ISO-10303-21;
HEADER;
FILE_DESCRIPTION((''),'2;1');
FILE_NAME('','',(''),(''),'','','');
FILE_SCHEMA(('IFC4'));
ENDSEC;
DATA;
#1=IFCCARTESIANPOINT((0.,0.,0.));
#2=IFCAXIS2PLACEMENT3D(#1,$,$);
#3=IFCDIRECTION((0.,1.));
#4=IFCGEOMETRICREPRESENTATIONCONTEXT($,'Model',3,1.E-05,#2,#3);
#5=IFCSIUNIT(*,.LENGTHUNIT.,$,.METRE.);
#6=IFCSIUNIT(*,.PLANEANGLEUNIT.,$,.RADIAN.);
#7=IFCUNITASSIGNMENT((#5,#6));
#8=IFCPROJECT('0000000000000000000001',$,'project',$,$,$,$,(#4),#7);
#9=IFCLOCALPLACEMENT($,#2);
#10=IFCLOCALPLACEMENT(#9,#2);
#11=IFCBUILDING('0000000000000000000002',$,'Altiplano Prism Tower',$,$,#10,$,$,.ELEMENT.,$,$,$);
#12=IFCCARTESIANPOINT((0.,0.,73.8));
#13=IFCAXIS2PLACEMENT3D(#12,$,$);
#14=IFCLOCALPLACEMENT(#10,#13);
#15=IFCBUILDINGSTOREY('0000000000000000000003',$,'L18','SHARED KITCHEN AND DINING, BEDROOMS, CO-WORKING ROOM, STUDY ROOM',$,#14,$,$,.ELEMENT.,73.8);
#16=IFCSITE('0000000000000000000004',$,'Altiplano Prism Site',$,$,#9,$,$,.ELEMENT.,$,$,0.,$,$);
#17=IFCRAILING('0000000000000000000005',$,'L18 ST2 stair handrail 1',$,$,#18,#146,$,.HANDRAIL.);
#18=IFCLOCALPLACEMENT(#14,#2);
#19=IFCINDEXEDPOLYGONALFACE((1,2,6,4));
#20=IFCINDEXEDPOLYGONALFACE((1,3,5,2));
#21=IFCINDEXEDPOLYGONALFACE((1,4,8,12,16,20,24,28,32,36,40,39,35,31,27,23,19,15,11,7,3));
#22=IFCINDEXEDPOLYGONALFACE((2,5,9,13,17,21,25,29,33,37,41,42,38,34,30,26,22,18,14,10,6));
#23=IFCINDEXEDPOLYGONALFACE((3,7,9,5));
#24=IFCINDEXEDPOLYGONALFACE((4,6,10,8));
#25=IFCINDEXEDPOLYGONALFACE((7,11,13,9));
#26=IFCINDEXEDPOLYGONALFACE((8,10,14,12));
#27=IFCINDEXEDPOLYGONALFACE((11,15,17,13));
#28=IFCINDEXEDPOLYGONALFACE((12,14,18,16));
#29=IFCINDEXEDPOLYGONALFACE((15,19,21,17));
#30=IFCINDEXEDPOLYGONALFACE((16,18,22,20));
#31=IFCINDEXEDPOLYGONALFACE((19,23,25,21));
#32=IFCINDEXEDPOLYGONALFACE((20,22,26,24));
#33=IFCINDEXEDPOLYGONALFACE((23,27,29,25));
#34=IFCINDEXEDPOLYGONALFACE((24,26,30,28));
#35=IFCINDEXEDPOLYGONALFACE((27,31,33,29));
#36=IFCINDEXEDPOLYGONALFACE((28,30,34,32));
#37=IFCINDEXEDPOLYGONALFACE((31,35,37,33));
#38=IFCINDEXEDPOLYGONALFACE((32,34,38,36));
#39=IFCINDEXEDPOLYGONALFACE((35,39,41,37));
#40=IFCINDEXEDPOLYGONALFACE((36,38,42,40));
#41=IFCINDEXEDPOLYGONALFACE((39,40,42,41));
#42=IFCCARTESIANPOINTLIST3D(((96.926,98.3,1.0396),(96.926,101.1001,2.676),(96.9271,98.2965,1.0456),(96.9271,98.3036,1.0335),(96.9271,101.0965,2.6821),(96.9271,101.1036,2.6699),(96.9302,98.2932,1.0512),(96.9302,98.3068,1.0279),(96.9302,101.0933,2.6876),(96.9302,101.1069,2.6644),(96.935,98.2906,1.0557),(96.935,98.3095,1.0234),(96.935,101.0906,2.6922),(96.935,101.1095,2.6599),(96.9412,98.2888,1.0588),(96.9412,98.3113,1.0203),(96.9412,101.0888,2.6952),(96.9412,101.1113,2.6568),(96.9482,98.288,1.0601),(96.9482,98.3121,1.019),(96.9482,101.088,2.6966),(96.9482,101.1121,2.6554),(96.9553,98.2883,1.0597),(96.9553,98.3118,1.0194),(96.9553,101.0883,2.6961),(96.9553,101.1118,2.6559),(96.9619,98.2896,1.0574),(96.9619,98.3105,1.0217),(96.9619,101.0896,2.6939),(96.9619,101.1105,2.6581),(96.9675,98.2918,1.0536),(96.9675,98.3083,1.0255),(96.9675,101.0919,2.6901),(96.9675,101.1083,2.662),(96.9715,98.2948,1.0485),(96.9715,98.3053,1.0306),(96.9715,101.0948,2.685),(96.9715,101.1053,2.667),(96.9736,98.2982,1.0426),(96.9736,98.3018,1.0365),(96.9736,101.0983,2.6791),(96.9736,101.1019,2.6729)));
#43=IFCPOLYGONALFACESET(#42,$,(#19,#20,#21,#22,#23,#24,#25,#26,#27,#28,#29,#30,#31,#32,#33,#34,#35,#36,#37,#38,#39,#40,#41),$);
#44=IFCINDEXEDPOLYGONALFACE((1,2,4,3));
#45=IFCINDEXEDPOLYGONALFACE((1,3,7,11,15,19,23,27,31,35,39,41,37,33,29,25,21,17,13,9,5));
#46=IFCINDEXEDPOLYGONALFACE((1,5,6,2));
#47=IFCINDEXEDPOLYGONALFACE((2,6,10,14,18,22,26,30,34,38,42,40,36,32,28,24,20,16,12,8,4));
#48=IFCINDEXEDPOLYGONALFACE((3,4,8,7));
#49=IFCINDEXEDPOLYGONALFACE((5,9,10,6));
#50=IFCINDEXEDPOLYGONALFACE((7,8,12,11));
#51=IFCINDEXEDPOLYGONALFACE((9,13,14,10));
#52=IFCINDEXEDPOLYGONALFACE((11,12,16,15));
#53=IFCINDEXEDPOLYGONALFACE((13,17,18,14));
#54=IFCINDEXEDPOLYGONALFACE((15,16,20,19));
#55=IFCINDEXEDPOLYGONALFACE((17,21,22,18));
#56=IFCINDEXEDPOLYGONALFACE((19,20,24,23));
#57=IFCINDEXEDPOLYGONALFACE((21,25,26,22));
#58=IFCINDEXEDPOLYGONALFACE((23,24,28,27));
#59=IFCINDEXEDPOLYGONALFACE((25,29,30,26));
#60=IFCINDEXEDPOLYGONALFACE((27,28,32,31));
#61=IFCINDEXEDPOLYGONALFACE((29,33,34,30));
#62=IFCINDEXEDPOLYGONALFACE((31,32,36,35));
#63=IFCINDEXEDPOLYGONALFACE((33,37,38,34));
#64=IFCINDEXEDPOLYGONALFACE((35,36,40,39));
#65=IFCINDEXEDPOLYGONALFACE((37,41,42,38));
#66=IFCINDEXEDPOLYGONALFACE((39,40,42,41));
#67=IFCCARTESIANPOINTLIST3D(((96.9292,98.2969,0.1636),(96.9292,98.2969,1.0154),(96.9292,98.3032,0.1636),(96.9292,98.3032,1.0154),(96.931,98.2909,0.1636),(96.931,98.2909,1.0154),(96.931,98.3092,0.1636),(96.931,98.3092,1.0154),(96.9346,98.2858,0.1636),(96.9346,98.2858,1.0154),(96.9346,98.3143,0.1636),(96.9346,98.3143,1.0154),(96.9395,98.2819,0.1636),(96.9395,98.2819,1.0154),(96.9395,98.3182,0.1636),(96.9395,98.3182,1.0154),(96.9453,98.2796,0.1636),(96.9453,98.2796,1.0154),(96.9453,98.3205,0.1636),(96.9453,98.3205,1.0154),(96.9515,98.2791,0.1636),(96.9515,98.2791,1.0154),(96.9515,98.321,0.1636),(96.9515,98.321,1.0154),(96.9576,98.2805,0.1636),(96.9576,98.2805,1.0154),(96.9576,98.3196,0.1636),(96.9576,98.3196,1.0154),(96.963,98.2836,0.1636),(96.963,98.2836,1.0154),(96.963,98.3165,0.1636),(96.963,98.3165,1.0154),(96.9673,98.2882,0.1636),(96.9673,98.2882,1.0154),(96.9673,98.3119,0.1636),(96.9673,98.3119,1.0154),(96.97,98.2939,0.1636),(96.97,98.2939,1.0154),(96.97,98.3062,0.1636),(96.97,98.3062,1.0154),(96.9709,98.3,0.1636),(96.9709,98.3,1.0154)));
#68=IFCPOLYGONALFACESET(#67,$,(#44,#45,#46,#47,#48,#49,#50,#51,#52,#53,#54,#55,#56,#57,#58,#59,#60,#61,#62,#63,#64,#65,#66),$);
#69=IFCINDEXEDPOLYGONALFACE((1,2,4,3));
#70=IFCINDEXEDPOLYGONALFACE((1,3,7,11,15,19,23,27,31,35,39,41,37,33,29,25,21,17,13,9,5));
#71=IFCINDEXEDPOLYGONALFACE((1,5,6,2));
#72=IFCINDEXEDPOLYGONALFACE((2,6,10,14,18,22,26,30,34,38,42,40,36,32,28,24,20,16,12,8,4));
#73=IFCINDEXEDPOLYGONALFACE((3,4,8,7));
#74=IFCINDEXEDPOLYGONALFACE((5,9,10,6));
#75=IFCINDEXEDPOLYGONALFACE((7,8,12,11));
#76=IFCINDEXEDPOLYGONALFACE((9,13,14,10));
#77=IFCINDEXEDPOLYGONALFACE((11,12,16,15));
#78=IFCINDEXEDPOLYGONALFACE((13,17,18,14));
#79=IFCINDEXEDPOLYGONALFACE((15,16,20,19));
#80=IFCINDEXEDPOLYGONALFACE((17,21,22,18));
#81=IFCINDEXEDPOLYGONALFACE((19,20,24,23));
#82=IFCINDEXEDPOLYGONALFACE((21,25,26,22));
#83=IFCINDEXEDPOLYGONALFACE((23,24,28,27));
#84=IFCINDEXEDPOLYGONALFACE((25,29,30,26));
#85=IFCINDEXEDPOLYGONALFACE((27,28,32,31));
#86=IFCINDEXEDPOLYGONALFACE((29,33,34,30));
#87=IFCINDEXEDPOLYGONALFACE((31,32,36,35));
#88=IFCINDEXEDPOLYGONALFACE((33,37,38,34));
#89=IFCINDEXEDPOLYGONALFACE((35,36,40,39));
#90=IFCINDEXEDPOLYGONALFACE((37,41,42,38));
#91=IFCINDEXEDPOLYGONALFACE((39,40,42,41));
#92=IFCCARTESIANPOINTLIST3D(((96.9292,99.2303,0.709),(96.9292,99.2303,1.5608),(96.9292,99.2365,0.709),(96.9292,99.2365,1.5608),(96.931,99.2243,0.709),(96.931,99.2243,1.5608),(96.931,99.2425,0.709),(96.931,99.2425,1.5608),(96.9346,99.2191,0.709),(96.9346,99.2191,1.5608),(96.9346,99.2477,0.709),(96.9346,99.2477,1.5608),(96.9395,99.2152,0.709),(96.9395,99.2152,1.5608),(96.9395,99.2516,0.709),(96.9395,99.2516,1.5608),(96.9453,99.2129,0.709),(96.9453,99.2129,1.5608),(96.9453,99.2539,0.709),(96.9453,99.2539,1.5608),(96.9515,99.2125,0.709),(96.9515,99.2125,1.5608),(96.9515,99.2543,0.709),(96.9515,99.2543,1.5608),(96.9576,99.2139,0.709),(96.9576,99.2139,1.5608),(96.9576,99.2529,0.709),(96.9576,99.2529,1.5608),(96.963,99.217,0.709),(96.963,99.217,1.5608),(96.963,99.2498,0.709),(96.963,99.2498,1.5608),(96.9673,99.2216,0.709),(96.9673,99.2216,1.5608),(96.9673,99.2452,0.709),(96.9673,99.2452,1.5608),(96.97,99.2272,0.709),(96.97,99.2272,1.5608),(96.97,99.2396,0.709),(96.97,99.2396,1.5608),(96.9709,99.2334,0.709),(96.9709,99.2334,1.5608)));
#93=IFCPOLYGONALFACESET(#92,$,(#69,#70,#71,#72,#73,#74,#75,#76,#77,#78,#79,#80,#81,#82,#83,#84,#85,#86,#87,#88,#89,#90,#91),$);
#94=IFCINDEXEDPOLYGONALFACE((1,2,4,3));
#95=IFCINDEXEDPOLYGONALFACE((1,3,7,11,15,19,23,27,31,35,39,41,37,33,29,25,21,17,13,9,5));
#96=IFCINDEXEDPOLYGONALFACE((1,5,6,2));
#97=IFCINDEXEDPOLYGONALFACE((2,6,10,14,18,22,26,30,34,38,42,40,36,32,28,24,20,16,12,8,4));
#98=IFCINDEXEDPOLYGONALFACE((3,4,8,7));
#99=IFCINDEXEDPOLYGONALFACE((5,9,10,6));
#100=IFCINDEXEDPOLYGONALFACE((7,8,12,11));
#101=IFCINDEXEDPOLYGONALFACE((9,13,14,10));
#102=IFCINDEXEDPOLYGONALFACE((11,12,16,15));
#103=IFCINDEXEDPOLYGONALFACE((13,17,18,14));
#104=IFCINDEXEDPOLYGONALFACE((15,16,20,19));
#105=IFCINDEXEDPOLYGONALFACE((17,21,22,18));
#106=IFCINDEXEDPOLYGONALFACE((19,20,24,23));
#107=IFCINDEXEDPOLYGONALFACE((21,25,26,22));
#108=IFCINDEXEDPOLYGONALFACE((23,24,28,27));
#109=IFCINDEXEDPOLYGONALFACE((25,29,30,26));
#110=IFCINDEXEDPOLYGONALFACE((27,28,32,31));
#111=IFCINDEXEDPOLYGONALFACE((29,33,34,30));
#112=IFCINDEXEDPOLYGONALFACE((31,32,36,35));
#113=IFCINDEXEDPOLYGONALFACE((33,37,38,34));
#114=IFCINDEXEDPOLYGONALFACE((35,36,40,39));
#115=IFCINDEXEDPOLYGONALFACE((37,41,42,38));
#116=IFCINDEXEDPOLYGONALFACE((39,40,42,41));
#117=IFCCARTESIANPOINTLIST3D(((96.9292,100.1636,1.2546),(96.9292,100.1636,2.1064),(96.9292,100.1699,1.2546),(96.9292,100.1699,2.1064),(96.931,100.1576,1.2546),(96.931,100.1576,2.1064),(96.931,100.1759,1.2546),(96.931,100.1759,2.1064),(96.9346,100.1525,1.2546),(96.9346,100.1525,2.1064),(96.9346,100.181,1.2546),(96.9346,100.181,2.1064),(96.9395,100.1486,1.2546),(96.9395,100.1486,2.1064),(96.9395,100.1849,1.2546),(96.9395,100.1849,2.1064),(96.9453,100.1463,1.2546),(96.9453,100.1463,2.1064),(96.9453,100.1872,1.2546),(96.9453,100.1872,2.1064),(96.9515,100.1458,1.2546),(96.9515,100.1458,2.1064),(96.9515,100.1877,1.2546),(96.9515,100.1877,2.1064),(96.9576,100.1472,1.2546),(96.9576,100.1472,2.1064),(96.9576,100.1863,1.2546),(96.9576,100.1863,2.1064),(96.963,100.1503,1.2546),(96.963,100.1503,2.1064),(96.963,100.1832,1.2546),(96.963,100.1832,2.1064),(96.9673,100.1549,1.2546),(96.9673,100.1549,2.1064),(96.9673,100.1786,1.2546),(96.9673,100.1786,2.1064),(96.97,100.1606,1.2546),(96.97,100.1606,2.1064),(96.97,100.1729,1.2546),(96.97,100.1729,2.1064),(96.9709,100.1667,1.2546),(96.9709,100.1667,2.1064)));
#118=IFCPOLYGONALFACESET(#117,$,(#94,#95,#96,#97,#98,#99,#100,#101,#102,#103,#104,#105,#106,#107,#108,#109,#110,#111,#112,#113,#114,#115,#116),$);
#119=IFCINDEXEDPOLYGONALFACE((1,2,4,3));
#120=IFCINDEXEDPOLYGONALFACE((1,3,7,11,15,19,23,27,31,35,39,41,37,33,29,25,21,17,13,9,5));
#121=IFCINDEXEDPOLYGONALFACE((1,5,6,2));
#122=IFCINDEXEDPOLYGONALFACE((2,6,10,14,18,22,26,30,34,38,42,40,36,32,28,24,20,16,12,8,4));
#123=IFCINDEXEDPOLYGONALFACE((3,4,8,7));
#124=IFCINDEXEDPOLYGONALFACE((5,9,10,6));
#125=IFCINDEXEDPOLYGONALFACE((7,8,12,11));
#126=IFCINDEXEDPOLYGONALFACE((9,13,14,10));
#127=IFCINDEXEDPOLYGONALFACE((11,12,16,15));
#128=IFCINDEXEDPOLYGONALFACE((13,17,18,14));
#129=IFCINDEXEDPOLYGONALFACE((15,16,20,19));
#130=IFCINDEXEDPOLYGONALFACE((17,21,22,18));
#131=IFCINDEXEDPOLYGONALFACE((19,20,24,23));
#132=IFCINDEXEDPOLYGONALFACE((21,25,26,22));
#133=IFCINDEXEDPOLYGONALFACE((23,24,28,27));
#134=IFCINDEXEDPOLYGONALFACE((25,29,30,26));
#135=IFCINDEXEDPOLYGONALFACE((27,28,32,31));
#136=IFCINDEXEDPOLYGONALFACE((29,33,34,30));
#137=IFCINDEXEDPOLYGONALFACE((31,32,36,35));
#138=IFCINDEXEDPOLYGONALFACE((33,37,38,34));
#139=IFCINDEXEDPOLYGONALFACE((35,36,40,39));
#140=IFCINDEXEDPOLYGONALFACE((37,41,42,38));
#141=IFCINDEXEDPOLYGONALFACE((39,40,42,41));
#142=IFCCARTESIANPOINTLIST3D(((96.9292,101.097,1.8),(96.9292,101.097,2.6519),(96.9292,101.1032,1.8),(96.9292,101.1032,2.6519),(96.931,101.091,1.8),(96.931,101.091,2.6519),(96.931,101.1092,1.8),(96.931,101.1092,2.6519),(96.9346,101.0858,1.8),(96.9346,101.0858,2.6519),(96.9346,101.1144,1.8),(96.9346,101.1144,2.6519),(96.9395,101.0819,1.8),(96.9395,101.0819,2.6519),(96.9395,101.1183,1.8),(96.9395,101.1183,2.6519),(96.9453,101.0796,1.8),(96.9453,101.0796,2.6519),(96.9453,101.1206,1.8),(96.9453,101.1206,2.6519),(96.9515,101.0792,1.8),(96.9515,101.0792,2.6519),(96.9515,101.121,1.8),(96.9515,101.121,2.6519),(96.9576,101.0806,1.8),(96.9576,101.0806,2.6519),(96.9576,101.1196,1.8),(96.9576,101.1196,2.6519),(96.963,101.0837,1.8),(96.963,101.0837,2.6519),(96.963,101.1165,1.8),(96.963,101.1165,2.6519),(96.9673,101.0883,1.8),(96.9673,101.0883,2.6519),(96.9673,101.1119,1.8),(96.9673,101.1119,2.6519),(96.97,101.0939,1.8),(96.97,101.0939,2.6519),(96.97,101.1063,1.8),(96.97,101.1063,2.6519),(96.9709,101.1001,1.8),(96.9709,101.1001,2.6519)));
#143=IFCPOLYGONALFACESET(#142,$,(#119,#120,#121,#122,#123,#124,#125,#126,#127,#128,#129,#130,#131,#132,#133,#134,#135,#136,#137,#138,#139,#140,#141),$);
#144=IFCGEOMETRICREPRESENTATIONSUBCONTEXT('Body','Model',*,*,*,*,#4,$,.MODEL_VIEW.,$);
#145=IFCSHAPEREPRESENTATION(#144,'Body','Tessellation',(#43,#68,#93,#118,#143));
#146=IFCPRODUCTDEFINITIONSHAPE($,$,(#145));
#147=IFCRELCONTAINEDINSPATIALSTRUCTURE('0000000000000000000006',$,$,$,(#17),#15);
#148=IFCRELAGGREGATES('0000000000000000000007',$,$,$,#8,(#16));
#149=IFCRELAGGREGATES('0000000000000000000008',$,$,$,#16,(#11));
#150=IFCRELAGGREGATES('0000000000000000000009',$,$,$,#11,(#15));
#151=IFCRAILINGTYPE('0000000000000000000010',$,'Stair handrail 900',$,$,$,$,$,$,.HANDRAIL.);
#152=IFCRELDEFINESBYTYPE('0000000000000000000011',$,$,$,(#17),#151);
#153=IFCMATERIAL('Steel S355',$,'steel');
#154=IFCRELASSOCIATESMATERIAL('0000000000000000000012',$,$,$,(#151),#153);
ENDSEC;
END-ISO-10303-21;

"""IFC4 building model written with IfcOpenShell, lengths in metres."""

from ifc_helpers import new_model, si_unit, direction, frame, origin, origin_2d, place, context, subcontext, project, spatial, circle, extrude, material, type_object, element, save


model = new_model("IFC4")

# Units and contexts
model_context = context("Model", 3, precision=1e-05, world=origin(), true_north=direction((0.0, 1.0)))
body_context = subcontext(model_context, "Body", "Model", "MODEL_VIEW")
ifc_project = project(units=[si_unit("LENGTHUNIT", "METRE"), si_unit("PLANEANGLEUNIT", "RADIAN")], contexts=[model_context])

# Site, building, storey
site_placement = place(None, origin())
site = spatial("IfcSite", under=ifc_project, at=site_placement, Name="Altiplano Prism Site", CompositionType="ELEMENT", RefElevation=0.0)
building_placement = place(site_placement, origin())
building = spatial("IfcBuilding", under=site, at=building_placement, Name="Altiplano Prism Tower", CompositionType="ELEMENT")
storey_placement = place(building_placement, frame((0.0, 0.0, 73.8)))
storey = spatial("IfcBuildingStorey", under=building, at=storey_placement, Name="L18", Description="SHARED KITCHEN AND DINING, BEDROOMS, CO-WORKING ROOM, STUDY ROOM", CompositionType="ELEMENT", Elevation=73.8)

# Railing
ifc_material_1 = material(Name="Steel S355", Category="steel")
railing_type_1 = type_object("IfcRailingType", Name="Stair handrail 900", PredefinedType="HANDRAIL", material=ifc_material_1)
railing_1_placement = place(storey_placement, frame((96.95, 98.3, 0.1636)))
element("IfcRailing", 1, at=railing_1_placement, inside=storey, type_object=railing_type_1, Name="L18 ST2 stair handrail 1", PredefinedType="HANDRAIL", context=body_context, shape_type="SweptSolid", body=[
    extrude(circle(Radius=0.0239, at=origin_2d()), frame((0.0, 0.0, 0.876), z_axis=(0.0, 0.863361, 0.504587), x_axis=(-1.0, 0.0, 0.0)), (0.0, 0.0, 1.0), 3.2432),
    extrude(circle(Radius=0.021, at=origin_2d()), origin(), (0.0, 0.0, 1.0), 0.8518),
    extrude(circle(Radius=0.021, at=origin_2d()), frame((0.0, 0.9333, 0.5454)), (0.0, 0.0, 1.0), 0.8518),
    extrude(circle(Radius=0.021, at=origin_2d()), frame((0.0, 1.8667, 1.0911)), (0.0, 0.0, 1.0), 0.8518),
    extrude(circle(Radius=0.021, at=origin_2d()), frame((0.0, 2.8, 1.6365)), (0.0, 0.0, 1.0), 0.8518),
])

save(model, "model.ifc")
